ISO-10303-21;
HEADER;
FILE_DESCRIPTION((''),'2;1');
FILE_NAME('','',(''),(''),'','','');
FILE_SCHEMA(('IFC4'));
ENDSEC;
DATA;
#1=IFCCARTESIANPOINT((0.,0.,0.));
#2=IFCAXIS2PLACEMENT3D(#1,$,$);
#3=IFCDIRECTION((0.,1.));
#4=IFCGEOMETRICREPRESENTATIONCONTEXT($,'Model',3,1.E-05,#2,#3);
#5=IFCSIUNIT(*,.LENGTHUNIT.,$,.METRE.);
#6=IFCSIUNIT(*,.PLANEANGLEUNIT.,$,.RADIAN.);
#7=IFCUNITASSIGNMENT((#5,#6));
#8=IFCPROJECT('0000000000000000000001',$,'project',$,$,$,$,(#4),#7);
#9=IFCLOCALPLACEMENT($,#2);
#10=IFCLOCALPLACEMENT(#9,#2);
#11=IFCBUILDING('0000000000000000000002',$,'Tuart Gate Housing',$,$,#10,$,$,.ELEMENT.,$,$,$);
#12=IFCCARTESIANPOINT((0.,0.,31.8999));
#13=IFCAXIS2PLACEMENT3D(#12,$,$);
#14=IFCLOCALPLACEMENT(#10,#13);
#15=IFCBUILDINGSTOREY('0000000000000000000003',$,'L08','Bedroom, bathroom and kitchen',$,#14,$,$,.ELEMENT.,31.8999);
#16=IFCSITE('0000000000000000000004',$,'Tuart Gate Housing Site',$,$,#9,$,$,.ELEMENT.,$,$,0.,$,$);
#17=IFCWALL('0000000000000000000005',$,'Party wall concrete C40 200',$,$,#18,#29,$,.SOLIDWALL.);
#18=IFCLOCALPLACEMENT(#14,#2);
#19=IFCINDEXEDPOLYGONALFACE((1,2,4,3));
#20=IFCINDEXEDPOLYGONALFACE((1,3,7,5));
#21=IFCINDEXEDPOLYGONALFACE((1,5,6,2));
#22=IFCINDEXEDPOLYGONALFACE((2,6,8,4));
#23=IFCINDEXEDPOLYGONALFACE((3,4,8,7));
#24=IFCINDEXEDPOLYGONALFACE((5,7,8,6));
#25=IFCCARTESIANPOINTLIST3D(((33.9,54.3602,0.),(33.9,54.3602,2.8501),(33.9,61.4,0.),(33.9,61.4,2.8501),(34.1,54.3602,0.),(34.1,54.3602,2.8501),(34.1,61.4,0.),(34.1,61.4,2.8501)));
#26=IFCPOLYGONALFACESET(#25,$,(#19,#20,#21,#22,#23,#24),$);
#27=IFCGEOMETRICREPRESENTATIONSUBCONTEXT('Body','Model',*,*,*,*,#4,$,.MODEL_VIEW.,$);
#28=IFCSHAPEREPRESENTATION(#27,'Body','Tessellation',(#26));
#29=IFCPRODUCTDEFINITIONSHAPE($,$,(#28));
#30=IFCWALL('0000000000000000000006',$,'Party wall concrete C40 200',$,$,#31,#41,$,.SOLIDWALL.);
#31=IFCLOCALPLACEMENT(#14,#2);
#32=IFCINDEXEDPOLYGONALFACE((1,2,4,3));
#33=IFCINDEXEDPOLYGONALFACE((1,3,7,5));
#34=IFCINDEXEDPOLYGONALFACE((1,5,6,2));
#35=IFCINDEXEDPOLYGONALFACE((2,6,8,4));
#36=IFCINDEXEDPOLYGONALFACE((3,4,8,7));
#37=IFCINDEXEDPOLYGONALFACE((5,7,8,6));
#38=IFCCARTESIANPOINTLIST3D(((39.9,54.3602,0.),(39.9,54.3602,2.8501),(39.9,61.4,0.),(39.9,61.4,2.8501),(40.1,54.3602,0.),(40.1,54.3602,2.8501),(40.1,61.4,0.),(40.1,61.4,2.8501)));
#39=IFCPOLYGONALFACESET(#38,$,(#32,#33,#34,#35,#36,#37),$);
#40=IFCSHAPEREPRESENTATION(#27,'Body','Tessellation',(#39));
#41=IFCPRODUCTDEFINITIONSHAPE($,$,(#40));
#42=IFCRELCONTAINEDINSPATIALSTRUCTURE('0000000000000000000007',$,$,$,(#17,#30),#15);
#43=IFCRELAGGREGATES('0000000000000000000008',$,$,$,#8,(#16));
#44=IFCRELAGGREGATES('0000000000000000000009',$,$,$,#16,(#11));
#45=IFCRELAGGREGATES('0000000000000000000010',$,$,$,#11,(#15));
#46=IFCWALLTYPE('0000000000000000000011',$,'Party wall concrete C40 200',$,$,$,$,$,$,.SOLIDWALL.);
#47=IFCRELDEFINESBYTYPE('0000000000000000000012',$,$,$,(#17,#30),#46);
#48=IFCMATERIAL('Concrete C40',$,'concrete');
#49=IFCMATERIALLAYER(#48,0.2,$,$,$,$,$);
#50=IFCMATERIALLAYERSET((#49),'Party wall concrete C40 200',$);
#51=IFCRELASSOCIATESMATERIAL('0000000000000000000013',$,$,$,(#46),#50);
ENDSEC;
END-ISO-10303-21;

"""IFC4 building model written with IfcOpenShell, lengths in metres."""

from ifc_helpers import new_model, si_unit, direction, frame, frame_2d, origin, place, context, subcontext, project, spatial, rectangle, extrude, material, layer, layer_set, type_object, element, save


model = new_model("IFC4")

# Units and contexts
model_context = context("Model", 3, precision=1e-05, world=origin(), true_north=direction((0.0, 1.0)))
body_context = subcontext(model_context, "Body", "Model", "MODEL_VIEW")
ifc_project = project(units=[si_unit("LENGTHUNIT", "METRE"), si_unit("PLANEANGLEUNIT", "RADIAN")], contexts=[model_context])

# Site, building, storey
site_placement = place(None, origin())
site = spatial("IfcSite", under=ifc_project, at=site_placement, Name="Tuart Gate Housing Site", CompositionType="ELEMENT", RefElevation=0.0)
building_placement = place(site_placement, origin())
building = spatial("IfcBuilding", under=site, at=building_placement, Name="Tuart Gate Housing", CompositionType="ELEMENT")
storey_placement = place(building_placement, frame((0.0, 0.0, 31.8999)))
storey = spatial("IfcBuildingStorey", under=building, at=storey_placement, Name="L08", Description="Bedroom, bathroom and kitchen", CompositionType="ELEMENT", Elevation=31.8999)

# Walls
ifc_material = material(Name="Concrete C40", Category="concrete")
ifc_layer = layer(ifc_material, 0.2)
ifc_layer_set = layer_set([ifc_layer], Name="Party wall concrete C40 200")
wall_type = type_object("IfcWallType", Name="Party wall concrete C40 200", PredefinedType="SOLIDWALL", material=ifc_layer_set)
for number, where, z_axis, x_axis, name in (
    (1, (34.0, 54.3601, 0.0), (0.0, 0.0, 1.0), (0.0, 1.0, 0.0), "Party wall concrete C40 200"),
    (2, (40.0, 54.3601, 0.0), (0.0, 0.0, 1.0), (0.0, 1.0, 0.0), "Party wall concrete C40 200"),
):
    element("IfcWall", number, at=place(storey_placement, frame(where, z_axis=z_axis, x_axis=x_axis)), inside=storey, type_object=wall_type, Name=name, PredefinedType="SOLIDWALL", context=body_context, shape_type="SweptSolid", body=[
        extrude(rectangle(XDim=7.0398, YDim=0.2, at=frame_2d((3.52, 0.0))), origin(), (0.0, 0.0, 1.0), 2.8501),
    ])

save(model, "model.ifc")
